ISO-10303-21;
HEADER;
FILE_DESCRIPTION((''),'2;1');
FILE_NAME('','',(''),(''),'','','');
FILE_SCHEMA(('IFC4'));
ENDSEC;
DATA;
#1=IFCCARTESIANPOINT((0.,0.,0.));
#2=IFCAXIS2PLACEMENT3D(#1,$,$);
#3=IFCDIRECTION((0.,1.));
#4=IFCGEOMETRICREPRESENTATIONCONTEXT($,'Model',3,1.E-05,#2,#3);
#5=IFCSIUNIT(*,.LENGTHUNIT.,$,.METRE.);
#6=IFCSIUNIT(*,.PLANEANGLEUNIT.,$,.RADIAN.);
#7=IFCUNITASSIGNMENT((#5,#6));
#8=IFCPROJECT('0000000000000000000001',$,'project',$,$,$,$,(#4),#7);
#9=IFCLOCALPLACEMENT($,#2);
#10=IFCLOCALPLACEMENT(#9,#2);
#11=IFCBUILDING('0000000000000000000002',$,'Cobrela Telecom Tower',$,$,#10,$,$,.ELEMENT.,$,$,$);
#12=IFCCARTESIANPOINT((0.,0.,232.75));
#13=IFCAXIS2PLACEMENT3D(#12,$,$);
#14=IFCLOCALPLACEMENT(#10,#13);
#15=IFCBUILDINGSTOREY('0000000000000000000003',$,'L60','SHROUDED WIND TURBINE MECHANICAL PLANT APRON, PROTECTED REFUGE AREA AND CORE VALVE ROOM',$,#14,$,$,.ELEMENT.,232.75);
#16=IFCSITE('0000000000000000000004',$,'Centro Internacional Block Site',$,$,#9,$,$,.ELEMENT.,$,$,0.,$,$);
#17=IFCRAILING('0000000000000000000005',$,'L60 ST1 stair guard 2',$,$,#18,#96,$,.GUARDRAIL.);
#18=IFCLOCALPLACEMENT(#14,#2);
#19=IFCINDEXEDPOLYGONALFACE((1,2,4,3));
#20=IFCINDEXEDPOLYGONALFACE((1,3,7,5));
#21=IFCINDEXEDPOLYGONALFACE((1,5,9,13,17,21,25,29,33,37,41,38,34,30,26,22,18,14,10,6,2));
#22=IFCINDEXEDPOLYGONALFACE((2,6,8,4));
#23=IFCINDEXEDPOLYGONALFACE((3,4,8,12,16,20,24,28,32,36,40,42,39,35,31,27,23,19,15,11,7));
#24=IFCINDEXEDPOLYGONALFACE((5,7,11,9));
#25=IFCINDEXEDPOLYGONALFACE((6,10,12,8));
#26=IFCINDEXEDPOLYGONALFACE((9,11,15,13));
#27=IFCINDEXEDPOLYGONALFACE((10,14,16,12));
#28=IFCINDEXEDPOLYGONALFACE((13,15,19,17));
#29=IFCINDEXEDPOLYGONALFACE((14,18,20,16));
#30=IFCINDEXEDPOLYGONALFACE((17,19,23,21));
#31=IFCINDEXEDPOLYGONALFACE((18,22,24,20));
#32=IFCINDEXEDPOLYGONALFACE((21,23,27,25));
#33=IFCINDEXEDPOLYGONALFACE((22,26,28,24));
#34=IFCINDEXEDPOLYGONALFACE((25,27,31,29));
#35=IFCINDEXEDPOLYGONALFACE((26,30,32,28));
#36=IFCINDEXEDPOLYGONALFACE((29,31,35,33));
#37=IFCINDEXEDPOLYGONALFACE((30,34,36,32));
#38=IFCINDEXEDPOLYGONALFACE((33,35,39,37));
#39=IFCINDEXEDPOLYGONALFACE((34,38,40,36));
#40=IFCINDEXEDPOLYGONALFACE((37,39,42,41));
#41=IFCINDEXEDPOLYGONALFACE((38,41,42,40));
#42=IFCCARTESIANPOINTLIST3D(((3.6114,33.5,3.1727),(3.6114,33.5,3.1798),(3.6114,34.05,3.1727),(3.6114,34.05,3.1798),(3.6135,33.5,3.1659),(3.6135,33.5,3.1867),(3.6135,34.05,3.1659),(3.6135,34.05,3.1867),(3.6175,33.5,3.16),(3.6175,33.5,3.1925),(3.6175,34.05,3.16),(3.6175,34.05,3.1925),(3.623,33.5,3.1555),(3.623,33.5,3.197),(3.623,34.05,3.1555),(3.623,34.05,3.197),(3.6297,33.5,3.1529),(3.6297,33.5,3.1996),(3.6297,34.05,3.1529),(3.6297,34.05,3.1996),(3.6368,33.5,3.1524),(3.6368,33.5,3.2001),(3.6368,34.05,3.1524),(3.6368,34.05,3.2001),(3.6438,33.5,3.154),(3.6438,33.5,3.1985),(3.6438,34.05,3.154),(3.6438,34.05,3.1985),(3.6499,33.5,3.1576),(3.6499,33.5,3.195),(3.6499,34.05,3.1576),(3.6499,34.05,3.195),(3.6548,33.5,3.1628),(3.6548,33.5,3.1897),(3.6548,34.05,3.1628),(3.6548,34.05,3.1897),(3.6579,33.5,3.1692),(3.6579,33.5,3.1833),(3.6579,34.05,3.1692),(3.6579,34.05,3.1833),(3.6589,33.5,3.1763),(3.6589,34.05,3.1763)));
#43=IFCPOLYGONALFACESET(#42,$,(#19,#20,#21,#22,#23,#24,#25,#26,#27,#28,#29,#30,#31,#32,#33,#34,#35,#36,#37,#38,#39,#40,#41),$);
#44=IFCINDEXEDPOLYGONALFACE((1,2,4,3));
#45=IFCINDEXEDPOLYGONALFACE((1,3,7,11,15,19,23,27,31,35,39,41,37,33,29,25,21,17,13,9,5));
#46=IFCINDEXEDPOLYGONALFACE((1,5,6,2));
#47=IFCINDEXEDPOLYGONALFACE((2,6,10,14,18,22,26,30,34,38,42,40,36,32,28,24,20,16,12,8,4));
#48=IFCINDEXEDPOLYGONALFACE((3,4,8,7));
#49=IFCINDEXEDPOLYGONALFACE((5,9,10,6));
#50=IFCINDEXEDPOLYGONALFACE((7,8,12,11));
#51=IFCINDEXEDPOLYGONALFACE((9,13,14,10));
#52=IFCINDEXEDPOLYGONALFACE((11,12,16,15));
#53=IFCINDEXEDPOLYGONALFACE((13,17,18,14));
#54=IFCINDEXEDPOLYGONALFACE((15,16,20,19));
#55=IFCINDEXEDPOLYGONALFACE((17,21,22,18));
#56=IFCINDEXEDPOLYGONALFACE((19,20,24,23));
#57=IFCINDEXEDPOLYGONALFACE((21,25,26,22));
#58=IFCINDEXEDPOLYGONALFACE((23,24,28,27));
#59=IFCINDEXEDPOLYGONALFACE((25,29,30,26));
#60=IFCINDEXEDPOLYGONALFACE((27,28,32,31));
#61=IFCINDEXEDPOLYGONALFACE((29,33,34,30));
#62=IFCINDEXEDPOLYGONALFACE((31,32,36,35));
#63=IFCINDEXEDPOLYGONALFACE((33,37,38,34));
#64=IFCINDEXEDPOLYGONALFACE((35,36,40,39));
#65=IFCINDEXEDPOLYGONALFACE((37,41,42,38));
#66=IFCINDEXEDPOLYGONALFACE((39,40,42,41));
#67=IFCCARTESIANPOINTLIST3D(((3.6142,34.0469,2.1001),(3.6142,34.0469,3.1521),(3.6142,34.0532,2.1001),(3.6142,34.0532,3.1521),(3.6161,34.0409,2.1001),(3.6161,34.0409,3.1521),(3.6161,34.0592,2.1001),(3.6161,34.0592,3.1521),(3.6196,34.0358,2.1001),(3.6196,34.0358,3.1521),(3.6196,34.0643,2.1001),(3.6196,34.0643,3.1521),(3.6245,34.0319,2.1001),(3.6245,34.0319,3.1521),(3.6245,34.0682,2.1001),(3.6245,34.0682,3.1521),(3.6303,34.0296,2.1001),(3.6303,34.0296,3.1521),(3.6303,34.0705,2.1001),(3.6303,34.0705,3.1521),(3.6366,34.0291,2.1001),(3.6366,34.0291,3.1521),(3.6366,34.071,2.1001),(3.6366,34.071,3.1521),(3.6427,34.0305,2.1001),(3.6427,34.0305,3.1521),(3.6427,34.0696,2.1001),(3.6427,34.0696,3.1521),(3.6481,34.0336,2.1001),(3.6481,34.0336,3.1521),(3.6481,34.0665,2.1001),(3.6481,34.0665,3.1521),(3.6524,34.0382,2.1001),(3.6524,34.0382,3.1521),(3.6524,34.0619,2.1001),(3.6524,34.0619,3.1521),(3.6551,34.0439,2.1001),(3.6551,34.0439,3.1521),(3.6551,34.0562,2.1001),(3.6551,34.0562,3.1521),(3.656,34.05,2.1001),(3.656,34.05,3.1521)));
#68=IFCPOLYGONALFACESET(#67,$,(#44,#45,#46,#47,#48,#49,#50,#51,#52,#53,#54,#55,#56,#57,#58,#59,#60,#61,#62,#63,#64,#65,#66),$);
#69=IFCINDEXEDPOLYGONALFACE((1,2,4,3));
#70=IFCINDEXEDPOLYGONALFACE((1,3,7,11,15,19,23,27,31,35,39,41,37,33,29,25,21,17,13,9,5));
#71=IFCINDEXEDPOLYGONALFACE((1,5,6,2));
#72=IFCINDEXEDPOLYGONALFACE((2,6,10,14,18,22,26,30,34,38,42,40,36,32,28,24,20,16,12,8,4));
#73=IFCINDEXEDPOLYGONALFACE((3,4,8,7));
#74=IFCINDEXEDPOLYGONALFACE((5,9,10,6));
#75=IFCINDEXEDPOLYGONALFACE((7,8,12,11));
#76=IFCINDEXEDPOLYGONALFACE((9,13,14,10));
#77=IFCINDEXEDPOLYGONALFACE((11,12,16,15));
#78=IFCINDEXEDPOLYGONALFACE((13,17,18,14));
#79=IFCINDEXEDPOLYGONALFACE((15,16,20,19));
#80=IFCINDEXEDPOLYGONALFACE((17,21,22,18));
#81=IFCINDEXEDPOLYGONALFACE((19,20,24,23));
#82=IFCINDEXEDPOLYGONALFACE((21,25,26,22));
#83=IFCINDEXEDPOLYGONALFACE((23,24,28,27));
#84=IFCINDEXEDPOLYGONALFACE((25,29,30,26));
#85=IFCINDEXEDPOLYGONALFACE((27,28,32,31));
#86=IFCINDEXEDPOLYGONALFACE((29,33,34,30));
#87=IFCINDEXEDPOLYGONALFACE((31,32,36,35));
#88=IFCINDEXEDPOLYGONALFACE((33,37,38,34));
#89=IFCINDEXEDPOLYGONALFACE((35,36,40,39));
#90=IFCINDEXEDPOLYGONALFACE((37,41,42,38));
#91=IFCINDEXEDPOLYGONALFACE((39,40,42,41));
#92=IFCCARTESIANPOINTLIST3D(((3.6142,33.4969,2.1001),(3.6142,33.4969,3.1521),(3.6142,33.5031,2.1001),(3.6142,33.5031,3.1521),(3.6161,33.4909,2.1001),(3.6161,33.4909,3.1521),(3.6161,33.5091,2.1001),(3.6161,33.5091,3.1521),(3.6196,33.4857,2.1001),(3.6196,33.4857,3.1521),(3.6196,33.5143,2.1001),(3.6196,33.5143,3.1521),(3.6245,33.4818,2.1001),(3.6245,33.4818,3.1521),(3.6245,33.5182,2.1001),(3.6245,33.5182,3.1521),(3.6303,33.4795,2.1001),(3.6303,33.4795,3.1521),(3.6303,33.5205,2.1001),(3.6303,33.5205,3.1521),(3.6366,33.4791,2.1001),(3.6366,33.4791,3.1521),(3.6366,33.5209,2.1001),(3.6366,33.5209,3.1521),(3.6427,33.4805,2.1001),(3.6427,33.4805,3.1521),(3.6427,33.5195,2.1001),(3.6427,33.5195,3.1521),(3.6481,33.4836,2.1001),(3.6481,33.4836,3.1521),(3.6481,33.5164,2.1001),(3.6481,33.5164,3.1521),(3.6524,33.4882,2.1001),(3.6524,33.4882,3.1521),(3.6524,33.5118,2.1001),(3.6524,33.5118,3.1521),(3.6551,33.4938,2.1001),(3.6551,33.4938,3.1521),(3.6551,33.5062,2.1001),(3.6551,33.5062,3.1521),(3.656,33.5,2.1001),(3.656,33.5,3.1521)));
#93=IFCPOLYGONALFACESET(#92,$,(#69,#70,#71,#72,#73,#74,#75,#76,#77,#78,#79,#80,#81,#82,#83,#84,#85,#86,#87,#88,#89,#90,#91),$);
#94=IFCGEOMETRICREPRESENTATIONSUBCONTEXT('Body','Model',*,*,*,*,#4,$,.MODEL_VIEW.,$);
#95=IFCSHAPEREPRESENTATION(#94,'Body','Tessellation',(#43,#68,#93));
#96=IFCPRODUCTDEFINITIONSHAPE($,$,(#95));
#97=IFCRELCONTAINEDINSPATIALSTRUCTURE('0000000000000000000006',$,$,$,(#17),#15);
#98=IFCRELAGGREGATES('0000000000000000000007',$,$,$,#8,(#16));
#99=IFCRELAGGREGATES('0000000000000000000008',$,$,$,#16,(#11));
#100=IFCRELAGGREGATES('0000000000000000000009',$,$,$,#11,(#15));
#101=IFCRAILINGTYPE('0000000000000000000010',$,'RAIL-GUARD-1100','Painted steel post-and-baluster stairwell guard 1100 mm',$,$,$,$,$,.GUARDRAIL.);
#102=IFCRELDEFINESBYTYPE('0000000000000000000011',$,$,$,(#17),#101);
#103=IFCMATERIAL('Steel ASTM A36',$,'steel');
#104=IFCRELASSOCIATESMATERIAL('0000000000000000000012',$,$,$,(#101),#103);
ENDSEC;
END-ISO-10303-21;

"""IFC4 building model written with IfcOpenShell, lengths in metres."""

from ifc_helpers import new_model, si_unit, direction, frame, origin, origin_2d, place, context, subcontext, project, spatial, circle, extrude, material, type_object, element, save


model = new_model("IFC4")

# Units and contexts
model_context = context("Model", 3, precision=1e-05, world=origin(), true_north=direction((0.0, 1.0)))
body_context = subcontext(model_context, "Body", "Model", "MODEL_VIEW")
ifc_project = project(units=[si_unit("LENGTHUNIT", "METRE"), si_unit("PLANEANGLEUNIT", "RADIAN")], contexts=[model_context])

# Site, building, storey
site_placement = place(None, origin())
site = spatial("IfcSite", under=ifc_project, at=site_placement, Name="Centro Internacional Block Site", CompositionType="ELEMENT", RefElevation=0.0)
building_placement = place(site_placement, origin())
building = spatial("IfcBuilding", under=site, at=building_placement, Name="Cobrela Telecom Tower", CompositionType="ELEMENT")
storey_placement = place(building_placement, frame((0.0, 0.0, 232.75)))
storey = spatial("IfcBuildingStorey", under=building, at=storey_placement, Name="L60", Description="SHROUDED WIND TURBINE MECHANICAL PLANT APRON, PROTECTED REFUGE AREA AND CORE VALVE ROOM", CompositionType="ELEMENT", Elevation=232.75)

# Shared definitions
ifc_material_1 = material(Name="Steel ASTM A36", Category="steel")

# Railing
railing_type_1 = type_object("IfcRailingType", Name="RAIL-GUARD-1100", Description="Painted steel post-and-baluster stairwell guard 1100 mm", PredefinedType="GUARDRAIL", material=ifc_material_1)
railing_1_placement = place(storey_placement, frame((3.635, 34.05, 2.1001)))
element("IfcRailing", 1, at=railing_1_placement, inside=storey, type_object=railing_type_1, Name="L60 ST1 stair guard 2", PredefinedType="GUARDRAIL", context=body_context, shape_type="SweptSolid", body=[
    extrude(circle(Radius=0.0239, at=origin_2d()), frame((0.0, 0.0, 1.0762), z_axis=(0.0, -1.0, 0.0), x_axis=(1.0, 0.0, 0.0)), (0.0, 0.0, 1.0), 0.55),
    extrude(circle(Radius=0.021, at=origin_2d()), origin(), (0.0, 0.0, 1.0), 1.052),
    extrude(circle(Radius=0.021, at=origin_2d()), frame((0.0, -0.55, 0.0)), (0.0, 0.0, 1.0), 1.052),
])

save(model, "model.ifc")
